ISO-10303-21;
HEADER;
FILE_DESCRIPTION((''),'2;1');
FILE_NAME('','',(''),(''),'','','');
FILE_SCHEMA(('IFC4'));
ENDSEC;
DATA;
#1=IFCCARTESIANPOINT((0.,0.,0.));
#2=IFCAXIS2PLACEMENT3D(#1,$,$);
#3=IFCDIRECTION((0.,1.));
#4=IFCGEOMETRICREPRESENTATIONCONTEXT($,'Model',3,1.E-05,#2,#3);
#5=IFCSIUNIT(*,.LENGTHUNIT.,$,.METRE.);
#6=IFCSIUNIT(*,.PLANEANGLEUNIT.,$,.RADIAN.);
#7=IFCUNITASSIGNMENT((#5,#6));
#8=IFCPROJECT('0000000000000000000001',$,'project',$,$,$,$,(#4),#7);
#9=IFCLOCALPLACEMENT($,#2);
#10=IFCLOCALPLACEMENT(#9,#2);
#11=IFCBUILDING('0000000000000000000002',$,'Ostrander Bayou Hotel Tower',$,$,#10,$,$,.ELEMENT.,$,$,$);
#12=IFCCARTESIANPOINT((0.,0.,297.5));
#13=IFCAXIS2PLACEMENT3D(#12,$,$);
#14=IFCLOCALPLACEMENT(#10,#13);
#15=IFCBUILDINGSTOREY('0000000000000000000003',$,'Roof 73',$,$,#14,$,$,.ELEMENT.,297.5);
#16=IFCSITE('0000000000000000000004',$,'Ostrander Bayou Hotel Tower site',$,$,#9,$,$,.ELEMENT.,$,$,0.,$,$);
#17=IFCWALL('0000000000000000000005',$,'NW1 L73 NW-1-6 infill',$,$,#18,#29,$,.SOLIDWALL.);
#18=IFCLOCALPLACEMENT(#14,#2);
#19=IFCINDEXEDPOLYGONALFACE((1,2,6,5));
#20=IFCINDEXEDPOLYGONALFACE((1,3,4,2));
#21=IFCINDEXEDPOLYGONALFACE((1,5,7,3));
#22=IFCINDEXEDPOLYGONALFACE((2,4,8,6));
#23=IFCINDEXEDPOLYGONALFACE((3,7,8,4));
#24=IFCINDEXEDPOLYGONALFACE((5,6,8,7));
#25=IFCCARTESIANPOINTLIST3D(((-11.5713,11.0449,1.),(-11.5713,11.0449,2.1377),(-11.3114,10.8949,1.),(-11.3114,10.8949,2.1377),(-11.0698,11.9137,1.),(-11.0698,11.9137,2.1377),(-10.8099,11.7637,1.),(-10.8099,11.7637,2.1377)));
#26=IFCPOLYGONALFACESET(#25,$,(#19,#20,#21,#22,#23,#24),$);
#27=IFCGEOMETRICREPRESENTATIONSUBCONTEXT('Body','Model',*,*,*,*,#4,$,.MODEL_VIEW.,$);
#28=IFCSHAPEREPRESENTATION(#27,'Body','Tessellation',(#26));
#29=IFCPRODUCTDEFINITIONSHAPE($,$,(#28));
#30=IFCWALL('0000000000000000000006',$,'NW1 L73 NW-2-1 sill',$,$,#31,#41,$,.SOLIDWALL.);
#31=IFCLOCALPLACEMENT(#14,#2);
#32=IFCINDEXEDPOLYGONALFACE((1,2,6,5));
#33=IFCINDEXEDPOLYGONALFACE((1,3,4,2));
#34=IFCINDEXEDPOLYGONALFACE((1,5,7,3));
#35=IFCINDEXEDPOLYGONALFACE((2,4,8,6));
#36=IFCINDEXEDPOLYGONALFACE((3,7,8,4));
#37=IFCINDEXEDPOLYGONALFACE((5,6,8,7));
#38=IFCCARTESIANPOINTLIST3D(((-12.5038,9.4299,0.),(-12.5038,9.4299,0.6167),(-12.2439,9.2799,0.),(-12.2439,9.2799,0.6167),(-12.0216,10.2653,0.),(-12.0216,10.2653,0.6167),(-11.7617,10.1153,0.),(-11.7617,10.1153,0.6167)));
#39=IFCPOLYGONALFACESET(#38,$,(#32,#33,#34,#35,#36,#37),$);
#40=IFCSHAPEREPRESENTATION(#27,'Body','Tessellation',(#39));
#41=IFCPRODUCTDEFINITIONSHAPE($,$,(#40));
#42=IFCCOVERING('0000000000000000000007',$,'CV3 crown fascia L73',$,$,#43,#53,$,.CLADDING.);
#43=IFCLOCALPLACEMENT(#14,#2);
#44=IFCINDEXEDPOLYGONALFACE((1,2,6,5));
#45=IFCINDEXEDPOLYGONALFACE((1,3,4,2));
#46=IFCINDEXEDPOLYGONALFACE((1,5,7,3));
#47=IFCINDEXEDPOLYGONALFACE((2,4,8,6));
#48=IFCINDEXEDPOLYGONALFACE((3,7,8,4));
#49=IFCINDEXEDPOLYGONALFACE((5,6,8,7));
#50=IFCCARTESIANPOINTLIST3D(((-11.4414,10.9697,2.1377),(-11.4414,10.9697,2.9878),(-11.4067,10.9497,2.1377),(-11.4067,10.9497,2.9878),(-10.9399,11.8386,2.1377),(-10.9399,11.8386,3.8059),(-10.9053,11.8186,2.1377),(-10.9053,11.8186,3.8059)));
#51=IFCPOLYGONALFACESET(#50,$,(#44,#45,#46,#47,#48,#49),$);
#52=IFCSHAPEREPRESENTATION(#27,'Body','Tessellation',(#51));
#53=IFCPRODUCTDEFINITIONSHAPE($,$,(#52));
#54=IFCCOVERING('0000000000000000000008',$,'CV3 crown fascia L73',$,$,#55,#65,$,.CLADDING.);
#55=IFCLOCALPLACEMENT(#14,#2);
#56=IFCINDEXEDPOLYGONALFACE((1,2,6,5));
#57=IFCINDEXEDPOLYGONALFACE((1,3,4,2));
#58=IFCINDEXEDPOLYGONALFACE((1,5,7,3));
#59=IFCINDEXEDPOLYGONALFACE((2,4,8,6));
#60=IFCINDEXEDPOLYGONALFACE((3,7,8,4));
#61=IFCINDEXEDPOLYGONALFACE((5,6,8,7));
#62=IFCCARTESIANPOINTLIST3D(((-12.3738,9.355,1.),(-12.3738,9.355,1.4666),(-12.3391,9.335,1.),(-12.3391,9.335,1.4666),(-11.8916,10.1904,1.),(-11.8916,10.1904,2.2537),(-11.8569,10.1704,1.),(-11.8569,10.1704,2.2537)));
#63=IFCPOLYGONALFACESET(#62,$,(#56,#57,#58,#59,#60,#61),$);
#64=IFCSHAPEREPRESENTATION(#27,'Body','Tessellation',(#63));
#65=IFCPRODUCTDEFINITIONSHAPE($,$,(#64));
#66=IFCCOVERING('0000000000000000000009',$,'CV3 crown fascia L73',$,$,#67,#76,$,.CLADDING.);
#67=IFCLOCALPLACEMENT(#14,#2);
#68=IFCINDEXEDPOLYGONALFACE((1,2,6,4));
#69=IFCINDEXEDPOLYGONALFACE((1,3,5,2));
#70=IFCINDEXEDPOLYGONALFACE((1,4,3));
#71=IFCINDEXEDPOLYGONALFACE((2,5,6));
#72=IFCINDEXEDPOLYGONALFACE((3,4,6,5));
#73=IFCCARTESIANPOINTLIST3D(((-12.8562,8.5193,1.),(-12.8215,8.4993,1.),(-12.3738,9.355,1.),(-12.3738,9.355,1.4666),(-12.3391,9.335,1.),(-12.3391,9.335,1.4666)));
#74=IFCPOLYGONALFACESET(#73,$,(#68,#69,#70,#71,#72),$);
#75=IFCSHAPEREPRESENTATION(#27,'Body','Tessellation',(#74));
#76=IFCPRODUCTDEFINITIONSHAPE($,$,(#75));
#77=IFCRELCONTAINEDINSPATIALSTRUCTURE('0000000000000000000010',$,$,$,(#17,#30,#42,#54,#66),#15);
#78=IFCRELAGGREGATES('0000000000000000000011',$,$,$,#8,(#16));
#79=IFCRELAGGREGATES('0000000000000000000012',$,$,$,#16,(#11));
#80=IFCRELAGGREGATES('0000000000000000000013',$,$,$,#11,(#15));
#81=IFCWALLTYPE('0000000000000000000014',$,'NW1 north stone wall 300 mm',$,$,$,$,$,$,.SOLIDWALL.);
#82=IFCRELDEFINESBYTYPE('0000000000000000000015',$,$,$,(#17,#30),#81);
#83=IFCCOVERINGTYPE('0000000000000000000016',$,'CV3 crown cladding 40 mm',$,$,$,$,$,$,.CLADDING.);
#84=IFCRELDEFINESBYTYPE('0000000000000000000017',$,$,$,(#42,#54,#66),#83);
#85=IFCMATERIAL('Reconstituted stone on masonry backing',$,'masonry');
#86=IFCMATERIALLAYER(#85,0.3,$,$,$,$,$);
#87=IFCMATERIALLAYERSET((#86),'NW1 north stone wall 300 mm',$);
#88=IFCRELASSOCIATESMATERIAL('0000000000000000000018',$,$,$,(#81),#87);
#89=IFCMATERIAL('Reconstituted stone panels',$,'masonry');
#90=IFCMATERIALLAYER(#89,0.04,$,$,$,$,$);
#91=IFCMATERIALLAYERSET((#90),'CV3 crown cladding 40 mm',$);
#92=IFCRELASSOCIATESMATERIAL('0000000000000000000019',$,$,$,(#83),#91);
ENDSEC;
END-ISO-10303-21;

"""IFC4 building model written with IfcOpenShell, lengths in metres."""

from ifc_helpers import new_model, si_unit, direction, frame, frame_2d, origin, place, context, subcontext, project, spatial, polyline, rectangle, outline, extrude, material, layer, layer_set, type_object, element, save


model = new_model("IFC4")

# Units and contexts
model_context = context("Model", 3, precision=1e-05, world=origin(), true_north=direction((0.0, 1.0)))
body_context = subcontext(model_context, "Body", "Model", "MODEL_VIEW")
ifc_project = project(units=[si_unit("LENGTHUNIT", "METRE"), si_unit("PLANEANGLEUNIT", "RADIAN")], contexts=[model_context])

# Site, building, storey
site_placement = place(None, origin())
site = spatial("IfcSite", under=ifc_project, at=site_placement, Name="Ostrander Bayou Hotel Tower site", CompositionType="ELEMENT", RefElevation=0.0)
building_placement = place(site_placement, origin())
building = spatial("IfcBuilding", under=site, at=building_placement, Name="Ostrander Bayou Hotel Tower", CompositionType="ELEMENT")
storey_placement = place(building_placement, frame((0.0, 0.0, 297.5)))
storey = spatial("IfcBuildingStorey", under=building, at=storey_placement, Name="Roof 73", CompositionType="ELEMENT", Elevation=297.5)

# Walls
ifc_material_1 = material(Name="Reconstituted stone on masonry backing", Category="masonry")
ifc_layer_1 = layer(ifc_material_1, 0.3)
ifc_layer_set_1 = layer_set([ifc_layer_1], Name="NW1 north stone wall 300 mm")
wall_type = type_object("IfcWallType", Name="NW1 north stone wall 300 mm", PredefinedType="SOLIDWALL", material=ifc_layer_set_1)
wall_1_placement = place(storey_placement, frame((-10.9399, 11.8386, 1.0), z_axis=(0.0, 0.0, 1.0), x_axis=(-0.499856, -0.866109, 0.0)))
element("IfcWall", 1, at=wall_1_placement, inside=storey, type_object=wall_type, Name="NW1 L73 NW-1-6 infill", PredefinedType="SOLIDWALL", context=body_context, shape_type="SweptSolid", body=[
    extrude(rectangle(XDim=1.0032, YDim=0.3, at=frame_2d((0.5015, 0.0))), origin(), (0.0, 0.0, 1.0), 1.1377),
])
wall_2_placement = place(storey_placement, frame((-11.8916, 10.1904, 0.0), z_axis=(0.0, 0.0, 1.0), x_axis=(-0.499869, -0.866101, 0.0)))
element("IfcWall", 2, at=wall_2_placement, inside=storey, type_object=wall_type, Name="NW1 L73 NW-2-1 sill", PredefinedType="SOLIDWALL", context=body_context, shape_type="SweptSolid", body=[
    extrude(rectangle(XDim=0.9646, YDim=0.3, at=frame_2d((0.4824, 0.0))), origin(), (0.0, 0.0, 1.0), 0.6167),
])

# Coverings
ifc_material_2 = material(Name="Reconstituted stone panels", Category="masonry")
ifc_layer_2 = layer(ifc_material_2, 0.04)
ifc_layer_set_2 = layer_set([ifc_layer_2], Name="CV3 crown cladding 40 mm")
covering_type = type_object("IfcCoveringType", Name="CV3 crown cladding 40 mm", PredefinedType="CLADDING", material=ifc_layer_set_2)
covering_1_placement = place(storey_placement, frame((-10.9399, 11.8386, 2.1377), z_axis=(-0.866109, 0.499856, 0.0), x_axis=(-0.499856, -0.866109, 0.0)))
element("IfcCovering", 3, at=covering_1_placement, inside=storey, type_object=covering_type, Name="CV3 crown fascia L73", PredefinedType="CLADDING", context=body_context, shape_type="SweptSolid", body=[
    extrude(outline(polyline([(0.0, 0.0), (1.0032, 0.0), (1.0032, 0.8501), (0.0, 1.6682), (0.0, 0.0)])), origin(), (0.0, 0.0, -1.0), 0.04),
])
covering_2_placement = place(storey_placement, frame((-11.8916, 10.1904, 1.0), z_axis=(-0.866101, 0.499869, 0.0), x_axis=(-0.499869, -0.866101, 0.0)))
element("IfcCovering", 4, at=covering_2_placement, inside=storey, type_object=covering_type, Name="CV3 crown fascia L73", PredefinedType="CLADDING", context=body_context, shape_type="SweptSolid", body=[
    extrude(outline(polyline([(0.0, 0.0), (0.9646, 0.0), (0.9646, 0.4666), (0.0, 1.2537), (0.0, 0.0)])), origin(), (0.0, 0.0, -1.0), 0.04),
])
covering_3_placement = place(storey_placement, frame((-12.3738, 9.355, 1.0), z_axis=(-0.866055, 0.499949, 0.0), x_axis=(-0.499949, -0.866055, 0.0)))
element("IfcCovering", 5, at=covering_3_placement, inside=storey, type_object=covering_type, Name="CV3 crown fascia L73", PredefinedType="CLADDING", context=body_context, shape_type="SweptSolid", body=[
    extrude(outline(polyline([(0.0, 0.0), (0.9649, 0.0), (0.0, 0.4666), (0.0, 0.0)])), origin(), (0.0, 0.0, -1.0), 0.04),
])

save(model, "model.ifc")
